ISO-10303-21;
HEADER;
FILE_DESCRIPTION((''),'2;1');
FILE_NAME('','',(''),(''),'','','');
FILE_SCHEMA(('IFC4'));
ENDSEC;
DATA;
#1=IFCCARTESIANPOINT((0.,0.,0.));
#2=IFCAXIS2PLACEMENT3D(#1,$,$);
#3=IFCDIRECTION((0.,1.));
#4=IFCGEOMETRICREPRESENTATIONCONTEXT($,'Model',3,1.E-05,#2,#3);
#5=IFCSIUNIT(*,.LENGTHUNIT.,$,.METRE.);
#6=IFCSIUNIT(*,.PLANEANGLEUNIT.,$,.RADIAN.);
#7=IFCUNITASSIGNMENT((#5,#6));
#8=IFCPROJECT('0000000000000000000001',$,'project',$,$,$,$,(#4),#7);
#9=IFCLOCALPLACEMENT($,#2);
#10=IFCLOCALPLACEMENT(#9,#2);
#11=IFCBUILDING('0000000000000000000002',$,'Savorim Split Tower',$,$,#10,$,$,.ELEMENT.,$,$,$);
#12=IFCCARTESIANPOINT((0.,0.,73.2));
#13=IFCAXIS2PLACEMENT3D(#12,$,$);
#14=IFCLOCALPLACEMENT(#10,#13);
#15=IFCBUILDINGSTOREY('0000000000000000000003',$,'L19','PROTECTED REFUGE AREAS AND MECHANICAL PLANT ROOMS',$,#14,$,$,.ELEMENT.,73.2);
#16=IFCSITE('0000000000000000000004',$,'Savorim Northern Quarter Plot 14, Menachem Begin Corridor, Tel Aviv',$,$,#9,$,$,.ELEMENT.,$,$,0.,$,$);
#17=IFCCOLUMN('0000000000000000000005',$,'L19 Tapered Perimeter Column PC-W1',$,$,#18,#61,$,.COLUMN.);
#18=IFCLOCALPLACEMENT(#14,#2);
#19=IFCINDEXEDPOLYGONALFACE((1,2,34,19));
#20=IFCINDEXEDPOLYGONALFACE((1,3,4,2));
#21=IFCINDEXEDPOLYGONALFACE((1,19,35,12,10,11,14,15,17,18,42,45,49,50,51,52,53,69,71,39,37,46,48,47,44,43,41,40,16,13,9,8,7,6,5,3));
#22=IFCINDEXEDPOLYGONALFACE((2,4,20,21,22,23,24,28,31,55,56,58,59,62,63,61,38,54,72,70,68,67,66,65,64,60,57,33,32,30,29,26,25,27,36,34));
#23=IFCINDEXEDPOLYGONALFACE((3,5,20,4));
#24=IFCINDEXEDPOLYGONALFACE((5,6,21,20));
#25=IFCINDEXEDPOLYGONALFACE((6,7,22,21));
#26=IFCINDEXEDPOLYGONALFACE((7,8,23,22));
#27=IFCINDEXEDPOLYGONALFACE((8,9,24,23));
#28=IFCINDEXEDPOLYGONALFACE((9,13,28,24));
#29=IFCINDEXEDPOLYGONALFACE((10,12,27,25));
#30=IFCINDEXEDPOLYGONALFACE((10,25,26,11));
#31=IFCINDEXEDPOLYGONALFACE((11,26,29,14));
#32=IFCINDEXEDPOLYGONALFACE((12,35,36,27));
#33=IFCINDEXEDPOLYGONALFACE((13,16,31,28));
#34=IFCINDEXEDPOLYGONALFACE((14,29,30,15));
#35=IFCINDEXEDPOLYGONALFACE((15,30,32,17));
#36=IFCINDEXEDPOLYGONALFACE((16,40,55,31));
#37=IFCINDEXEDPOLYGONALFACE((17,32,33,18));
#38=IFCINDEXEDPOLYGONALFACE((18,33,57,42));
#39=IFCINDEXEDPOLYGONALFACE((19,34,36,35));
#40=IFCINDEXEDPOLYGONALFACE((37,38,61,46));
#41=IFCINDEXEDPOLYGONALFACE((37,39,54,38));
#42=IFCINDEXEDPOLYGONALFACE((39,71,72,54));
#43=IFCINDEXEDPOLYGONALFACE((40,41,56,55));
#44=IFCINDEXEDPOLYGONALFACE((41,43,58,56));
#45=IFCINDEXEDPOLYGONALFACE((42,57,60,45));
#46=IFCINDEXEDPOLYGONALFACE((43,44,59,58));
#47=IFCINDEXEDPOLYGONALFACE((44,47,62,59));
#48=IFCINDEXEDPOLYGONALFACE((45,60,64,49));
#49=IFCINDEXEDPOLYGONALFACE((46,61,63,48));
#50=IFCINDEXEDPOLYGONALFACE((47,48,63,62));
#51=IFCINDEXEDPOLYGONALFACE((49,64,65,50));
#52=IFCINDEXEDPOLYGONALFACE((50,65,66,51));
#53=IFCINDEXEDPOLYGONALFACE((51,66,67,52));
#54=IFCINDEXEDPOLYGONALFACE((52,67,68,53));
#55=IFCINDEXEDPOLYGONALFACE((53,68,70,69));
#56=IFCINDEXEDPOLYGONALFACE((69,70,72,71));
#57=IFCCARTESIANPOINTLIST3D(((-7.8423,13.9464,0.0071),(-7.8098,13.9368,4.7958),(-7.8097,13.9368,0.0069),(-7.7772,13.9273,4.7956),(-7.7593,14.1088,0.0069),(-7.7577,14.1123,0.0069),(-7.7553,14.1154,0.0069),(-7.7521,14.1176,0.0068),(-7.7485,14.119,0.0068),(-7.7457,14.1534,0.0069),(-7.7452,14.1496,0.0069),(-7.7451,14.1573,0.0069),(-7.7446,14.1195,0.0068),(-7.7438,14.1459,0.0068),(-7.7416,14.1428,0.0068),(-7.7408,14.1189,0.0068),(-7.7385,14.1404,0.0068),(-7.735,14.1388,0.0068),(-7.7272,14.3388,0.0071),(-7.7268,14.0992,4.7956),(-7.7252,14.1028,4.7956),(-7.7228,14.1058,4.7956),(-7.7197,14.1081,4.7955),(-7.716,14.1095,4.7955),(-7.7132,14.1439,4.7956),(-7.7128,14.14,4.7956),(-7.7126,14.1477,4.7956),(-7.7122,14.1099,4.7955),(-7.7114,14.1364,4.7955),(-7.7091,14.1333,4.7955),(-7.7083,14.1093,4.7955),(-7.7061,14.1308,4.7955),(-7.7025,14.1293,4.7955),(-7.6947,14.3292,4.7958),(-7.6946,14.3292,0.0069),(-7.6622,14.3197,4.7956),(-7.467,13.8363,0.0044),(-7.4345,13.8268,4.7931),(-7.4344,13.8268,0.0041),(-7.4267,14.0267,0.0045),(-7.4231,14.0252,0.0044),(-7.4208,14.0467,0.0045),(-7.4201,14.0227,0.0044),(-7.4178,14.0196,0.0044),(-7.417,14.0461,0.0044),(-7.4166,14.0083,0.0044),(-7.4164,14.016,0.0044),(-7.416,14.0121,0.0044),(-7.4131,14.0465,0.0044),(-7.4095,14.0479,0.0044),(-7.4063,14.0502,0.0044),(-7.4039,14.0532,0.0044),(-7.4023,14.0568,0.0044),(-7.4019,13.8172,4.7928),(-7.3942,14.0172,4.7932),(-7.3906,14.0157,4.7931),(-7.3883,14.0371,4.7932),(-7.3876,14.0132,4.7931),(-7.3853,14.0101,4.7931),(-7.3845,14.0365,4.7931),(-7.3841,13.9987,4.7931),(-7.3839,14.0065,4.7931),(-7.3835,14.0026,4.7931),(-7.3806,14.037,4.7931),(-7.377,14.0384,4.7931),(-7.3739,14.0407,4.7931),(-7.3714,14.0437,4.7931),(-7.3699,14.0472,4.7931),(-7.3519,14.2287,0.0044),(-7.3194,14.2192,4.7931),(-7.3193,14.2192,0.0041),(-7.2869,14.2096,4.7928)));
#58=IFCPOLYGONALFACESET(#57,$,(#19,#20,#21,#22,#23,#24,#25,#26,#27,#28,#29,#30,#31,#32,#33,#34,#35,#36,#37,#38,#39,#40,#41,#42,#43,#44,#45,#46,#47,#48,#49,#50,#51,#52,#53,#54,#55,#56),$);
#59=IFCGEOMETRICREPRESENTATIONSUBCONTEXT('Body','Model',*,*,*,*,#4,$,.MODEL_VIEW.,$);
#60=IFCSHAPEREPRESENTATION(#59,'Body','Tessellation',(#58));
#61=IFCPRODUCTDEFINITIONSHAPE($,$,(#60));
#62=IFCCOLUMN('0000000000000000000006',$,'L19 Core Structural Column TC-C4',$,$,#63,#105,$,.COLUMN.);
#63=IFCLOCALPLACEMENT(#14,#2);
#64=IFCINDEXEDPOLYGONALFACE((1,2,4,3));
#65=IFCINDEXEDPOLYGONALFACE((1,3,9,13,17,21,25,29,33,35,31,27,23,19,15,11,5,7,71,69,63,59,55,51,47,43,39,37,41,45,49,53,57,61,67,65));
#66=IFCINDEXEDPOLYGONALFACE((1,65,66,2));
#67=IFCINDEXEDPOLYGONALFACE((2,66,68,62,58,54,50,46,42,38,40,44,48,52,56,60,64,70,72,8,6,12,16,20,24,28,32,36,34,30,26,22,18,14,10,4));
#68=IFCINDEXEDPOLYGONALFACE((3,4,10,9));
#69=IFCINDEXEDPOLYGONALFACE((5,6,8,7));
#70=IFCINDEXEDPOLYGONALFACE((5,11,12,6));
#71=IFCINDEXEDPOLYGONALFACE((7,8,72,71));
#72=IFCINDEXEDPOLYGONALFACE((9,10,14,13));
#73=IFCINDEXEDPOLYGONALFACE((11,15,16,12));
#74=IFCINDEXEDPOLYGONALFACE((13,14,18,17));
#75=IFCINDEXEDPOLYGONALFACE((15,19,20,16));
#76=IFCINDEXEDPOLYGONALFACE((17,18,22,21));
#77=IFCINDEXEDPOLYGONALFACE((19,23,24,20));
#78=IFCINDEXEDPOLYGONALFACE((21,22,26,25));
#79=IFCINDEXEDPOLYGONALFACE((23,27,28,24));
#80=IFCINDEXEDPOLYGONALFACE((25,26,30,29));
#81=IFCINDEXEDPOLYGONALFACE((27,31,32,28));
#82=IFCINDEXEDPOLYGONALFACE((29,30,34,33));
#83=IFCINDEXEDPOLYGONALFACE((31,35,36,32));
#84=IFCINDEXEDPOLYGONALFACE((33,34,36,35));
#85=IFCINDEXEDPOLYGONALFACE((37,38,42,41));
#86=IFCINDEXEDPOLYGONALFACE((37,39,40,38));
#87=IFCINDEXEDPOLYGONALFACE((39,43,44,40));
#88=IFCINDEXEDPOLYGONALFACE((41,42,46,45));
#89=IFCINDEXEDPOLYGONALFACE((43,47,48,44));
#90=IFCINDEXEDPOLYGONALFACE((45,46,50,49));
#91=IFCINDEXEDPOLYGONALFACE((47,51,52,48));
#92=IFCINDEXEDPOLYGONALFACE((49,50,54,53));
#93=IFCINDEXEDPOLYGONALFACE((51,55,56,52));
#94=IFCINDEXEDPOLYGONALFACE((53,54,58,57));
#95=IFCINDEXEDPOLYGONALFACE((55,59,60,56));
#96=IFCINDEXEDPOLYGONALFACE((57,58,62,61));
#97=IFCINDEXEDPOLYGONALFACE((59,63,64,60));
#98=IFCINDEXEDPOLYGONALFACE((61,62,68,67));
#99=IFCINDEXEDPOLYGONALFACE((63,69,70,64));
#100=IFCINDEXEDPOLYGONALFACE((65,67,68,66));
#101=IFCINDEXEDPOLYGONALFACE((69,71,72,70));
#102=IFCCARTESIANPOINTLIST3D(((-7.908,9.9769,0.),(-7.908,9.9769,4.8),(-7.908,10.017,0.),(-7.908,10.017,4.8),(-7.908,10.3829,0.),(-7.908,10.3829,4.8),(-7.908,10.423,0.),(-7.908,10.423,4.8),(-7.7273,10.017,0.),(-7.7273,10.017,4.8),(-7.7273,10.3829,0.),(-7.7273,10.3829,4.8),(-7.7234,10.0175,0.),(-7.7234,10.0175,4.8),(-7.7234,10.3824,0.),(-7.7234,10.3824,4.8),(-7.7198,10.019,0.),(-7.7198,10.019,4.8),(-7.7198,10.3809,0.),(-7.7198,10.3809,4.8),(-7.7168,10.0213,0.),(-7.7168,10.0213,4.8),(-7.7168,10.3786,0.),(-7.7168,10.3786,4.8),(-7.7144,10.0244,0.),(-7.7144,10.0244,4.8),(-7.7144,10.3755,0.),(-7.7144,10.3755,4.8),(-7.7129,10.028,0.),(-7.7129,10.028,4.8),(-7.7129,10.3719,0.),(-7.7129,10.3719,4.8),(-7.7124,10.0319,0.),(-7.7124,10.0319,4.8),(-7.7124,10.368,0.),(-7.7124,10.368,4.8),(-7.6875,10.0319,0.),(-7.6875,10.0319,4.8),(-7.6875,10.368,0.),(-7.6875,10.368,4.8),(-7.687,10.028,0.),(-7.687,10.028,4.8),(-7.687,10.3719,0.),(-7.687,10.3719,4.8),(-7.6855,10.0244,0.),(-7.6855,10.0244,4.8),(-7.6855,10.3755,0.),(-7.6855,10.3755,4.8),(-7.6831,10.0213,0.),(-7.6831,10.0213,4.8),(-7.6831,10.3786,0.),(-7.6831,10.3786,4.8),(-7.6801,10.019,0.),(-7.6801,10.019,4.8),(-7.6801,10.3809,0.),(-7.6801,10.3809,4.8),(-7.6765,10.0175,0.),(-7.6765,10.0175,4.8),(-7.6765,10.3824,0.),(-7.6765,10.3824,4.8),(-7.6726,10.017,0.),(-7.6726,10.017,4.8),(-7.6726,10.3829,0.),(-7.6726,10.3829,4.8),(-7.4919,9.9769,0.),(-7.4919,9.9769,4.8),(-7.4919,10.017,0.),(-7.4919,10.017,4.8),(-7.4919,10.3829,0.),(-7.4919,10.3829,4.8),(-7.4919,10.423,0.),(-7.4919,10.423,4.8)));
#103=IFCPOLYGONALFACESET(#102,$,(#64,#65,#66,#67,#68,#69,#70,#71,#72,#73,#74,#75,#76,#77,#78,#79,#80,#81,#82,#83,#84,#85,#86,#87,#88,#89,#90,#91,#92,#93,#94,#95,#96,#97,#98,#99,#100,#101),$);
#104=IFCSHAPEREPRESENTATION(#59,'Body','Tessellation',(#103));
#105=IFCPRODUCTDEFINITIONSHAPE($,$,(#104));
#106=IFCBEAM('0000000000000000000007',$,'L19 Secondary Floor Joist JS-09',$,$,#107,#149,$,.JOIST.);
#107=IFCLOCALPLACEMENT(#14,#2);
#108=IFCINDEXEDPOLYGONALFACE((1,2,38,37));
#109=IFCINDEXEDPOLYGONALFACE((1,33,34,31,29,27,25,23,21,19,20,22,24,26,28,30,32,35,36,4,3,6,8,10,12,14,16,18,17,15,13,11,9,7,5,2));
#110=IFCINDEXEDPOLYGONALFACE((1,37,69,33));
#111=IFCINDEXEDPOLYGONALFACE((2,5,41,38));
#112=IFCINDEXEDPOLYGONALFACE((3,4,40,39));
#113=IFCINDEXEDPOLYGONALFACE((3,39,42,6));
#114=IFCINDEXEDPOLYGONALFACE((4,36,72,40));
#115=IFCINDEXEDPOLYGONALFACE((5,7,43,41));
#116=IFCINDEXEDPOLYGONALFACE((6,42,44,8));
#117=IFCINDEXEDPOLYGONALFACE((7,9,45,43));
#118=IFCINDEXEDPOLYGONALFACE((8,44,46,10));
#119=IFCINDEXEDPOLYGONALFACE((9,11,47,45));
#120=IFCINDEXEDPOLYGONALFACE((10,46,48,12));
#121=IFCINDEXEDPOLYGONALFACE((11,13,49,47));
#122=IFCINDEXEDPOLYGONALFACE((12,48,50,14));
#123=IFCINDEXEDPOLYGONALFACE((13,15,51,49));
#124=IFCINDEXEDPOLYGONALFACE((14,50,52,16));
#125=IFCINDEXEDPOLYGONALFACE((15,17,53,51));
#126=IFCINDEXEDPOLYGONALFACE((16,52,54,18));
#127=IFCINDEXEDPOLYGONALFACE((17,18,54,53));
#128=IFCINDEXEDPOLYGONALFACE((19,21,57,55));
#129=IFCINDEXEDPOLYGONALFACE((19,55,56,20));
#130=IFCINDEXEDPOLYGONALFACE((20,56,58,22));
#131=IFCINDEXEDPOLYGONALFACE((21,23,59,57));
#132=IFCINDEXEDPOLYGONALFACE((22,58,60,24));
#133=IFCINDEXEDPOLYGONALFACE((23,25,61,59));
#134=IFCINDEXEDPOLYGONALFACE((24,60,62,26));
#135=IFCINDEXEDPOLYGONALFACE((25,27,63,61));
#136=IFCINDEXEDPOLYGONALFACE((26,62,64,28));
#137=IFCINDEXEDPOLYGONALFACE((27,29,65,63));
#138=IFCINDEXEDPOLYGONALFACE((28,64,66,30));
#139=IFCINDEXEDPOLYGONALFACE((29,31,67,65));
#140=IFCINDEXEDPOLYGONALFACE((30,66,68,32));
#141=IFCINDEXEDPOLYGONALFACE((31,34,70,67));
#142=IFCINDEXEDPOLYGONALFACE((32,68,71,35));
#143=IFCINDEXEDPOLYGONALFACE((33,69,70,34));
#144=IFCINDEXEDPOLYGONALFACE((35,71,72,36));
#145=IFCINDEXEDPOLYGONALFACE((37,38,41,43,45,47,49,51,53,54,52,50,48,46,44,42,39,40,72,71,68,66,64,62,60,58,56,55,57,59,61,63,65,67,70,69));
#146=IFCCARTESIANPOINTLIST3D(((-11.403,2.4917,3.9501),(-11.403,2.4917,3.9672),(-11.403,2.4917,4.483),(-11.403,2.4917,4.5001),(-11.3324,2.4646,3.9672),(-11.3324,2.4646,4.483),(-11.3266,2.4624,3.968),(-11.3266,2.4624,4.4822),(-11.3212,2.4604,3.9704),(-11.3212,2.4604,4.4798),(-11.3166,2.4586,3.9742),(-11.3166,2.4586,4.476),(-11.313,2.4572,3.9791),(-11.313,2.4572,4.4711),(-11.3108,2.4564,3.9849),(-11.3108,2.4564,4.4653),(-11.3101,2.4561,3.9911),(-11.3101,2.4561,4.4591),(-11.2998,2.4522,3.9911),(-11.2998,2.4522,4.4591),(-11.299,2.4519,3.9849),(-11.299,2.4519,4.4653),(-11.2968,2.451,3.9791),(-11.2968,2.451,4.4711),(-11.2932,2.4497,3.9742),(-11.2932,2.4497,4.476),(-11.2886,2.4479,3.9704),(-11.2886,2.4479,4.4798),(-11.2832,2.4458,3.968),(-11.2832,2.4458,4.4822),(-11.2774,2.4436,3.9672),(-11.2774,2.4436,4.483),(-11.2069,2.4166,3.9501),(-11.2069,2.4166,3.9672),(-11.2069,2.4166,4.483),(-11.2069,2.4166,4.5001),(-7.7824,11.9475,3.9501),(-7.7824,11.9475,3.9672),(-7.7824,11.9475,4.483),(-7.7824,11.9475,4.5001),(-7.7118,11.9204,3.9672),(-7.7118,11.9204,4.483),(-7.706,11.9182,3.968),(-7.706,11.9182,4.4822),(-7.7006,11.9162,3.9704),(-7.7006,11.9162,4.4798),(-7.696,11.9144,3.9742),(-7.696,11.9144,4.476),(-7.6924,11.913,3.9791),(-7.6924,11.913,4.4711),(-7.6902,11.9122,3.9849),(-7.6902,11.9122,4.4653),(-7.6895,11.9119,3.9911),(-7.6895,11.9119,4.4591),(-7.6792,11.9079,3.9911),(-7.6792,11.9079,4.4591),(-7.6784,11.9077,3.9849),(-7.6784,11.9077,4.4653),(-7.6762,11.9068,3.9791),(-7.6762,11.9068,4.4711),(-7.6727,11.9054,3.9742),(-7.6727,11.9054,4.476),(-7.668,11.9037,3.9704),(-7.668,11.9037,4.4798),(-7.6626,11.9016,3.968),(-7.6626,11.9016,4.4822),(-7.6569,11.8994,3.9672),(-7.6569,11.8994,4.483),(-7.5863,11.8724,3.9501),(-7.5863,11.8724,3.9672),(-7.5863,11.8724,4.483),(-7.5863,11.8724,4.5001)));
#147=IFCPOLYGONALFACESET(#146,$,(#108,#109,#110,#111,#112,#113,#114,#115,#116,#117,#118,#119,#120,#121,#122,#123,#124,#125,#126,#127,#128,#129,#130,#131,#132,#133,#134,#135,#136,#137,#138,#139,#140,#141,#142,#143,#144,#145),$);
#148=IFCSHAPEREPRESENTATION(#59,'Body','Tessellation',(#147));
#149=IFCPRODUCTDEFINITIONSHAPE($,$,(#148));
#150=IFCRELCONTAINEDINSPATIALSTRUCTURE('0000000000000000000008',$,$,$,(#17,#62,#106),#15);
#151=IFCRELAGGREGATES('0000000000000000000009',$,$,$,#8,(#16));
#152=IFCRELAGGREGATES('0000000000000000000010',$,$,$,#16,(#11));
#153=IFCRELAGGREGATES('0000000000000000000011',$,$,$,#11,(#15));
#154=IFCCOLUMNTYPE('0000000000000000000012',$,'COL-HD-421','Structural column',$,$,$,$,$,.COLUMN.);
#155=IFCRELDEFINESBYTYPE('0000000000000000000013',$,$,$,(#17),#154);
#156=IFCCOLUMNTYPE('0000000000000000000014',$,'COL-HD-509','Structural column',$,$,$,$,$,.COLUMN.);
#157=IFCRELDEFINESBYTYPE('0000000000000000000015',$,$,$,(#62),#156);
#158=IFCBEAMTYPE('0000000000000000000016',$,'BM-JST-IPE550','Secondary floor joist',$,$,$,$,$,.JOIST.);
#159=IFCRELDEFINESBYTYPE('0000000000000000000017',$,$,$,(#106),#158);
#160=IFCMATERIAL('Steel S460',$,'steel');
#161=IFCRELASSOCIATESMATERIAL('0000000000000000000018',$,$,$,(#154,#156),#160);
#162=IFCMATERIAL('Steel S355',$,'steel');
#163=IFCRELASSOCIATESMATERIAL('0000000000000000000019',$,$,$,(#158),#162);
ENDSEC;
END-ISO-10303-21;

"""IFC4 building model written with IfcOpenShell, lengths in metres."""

from ifc_helpers import new_model, si_unit, direction, frame, origin, origin_2d, place, context, subcontext, project, spatial, i_section, extrude, material, material_profile, profile_set, type_object, element, save


model = new_model("IFC4")

# Units and contexts
model_context = context("Model", 3, precision=1e-05, world=origin(), true_north=direction((0.0, 1.0)))
body_context = subcontext(model_context, "Body", "Model", "MODEL_VIEW")
ifc_project = project(units=[si_unit("LENGTHUNIT", "METRE"), si_unit("PLANEANGLEUNIT", "RADIAN")], contexts=[model_context])

# Site, building, storey
site_placement = place(None, origin())
site = spatial("IfcSite", under=ifc_project, at=site_placement, Name="Savorim Northern Quarter Plot 14, Menachem Begin Corridor, Tel Aviv", CompositionType="ELEMENT", RefElevation=0.0)
building_placement = place(site_placement, origin())
building = spatial("IfcBuilding", under=site, at=building_placement, Name="Savorim Split Tower", CompositionType="ELEMENT")
storey_placement = place(building_placement, frame((0.0, 0.0, 73.2)))
storey = spatial("IfcBuildingStorey", under=building, at=storey_placement, Name="L19", Description="PROTECTED REFUGE AREAS AND MECHANICAL PLANT ROOMS", CompositionType="ELEMENT", Elevation=73.2)

# Columns
ifc_material_1 = material(Name="Steel S460", Category="steel")
ifc_material_profile_1 = material_profile(ifc_material_1, i_section(OverallWidth=0.4089, OverallDepth=0.425, WebThickness=0.0208, FlangeThickness=0.0339, FilletRadius=0.0149, at=origin_2d()), Name="HD 400x421")
ifc_profile_set_1 = profile_set([ifc_material_profile_1], Name="Steel S460")
column_type_1 = type_object("IfcColumnType", Name="COL-HD-421", Description="Structural column", PredefinedType="COLUMN", material=ifc_profile_set_1)
column_1_placement = place(storey_placement, frame((-7.5808, 14.0828, 0.0056), z_axis=(0.00678, -0.001988, 0.999975), x_axis=(0.281385, 0.959595, 0.0)))
element("IfcColumn", 1, at=column_1_placement, inside=storey, type_object=column_type_1, Name="L19 Tapered Perimeter Column PC-W1", PredefinedType="COLUMN", context=body_context, shape_type="SweptSolid", body=[
    extrude(i_section(OverallWidth=0.4089, OverallDepth=0.425, WebThickness=0.0208, FlangeThickness=0.0339, FilletRadius=0.0149, at=origin_2d()), origin(), (0.0, 0.0, 1.0), 4.7888),
])
ifc_material_profile_2 = material_profile(ifc_material_1, i_section(OverallWidth=0.416, OverallDepth=0.446, WebThickness=0.0249, FlangeThickness=0.04, FilletRadius=0.0149, at=origin_2d()), Name="HD 400x509")
ifc_profile_set_2 = profile_set([ifc_material_profile_2], Name="Steel S460")
column_type_2 = type_object("IfcColumnType", Name="COL-HD-509", Description="Structural column", PredefinedType="COLUMN", material=ifc_profile_set_2)
column_2_placement = place(storey_placement, frame((-7.7, 10.2, 0.0), z_axis=(0.0, 0.0, 1.0), x_axis=(1.0, 0.0, 0.0)))
element("IfcColumn", 2, at=column_2_placement, inside=storey, type_object=column_type_2, Name="L19 Core Structural Column TC-C4", PredefinedType="COLUMN", context=body_context, shape_type="SweptSolid", body=[
    extrude(i_section(OverallWidth=0.416, OverallDepth=0.446, WebThickness=0.0249, FlangeThickness=0.04, FilletRadius=0.0149, at=origin_2d()), origin(), (0.0, 0.0, 1.0), 4.8),
])

# Beam
ifc_material_2 = material(Name="Steel S355", Category="steel")
ifc_material_profile_3 = material_profile(ifc_material_2, i_section(OverallWidth=0.21, OverallDepth=0.55, WebThickness=0.011, FlangeThickness=0.0171, FilletRadius=0.0239, at=origin_2d()), Name="IPE 550")
ifc_profile_set_3 = profile_set([ifc_material_profile_3], Name="Steel S355")
beam_type_1 = type_object("IfcBeamType", Name="BM-JST-IPE550", Description="Secondary floor joist", PredefinedType="JOIST", material=ifc_profile_set_3)
beam_1_placement = place(storey_placement, frame((-7.6843, 11.9099, 4.2251), z_axis=(-0.357581, -0.933882, 0.0), x_axis=(0.933882, -0.357581, 0.0)))
element("IfcBeam", 3, at=beam_1_placement, inside=storey, type_object=beam_type_1, Name="L19 Secondary Floor Joist JS-09", PredefinedType="JOIST", context=body_context, shape_type="SweptSolid", body=[
    extrude(i_section(OverallWidth=0.21, OverallDepth=0.55, WebThickness=0.011, FlangeThickness=0.0171, FilletRadius=0.0239, at=origin_2d()), origin(), (0.0, 0.0, 1.0), 10.1252),
])

save(model, "model.ifc")
